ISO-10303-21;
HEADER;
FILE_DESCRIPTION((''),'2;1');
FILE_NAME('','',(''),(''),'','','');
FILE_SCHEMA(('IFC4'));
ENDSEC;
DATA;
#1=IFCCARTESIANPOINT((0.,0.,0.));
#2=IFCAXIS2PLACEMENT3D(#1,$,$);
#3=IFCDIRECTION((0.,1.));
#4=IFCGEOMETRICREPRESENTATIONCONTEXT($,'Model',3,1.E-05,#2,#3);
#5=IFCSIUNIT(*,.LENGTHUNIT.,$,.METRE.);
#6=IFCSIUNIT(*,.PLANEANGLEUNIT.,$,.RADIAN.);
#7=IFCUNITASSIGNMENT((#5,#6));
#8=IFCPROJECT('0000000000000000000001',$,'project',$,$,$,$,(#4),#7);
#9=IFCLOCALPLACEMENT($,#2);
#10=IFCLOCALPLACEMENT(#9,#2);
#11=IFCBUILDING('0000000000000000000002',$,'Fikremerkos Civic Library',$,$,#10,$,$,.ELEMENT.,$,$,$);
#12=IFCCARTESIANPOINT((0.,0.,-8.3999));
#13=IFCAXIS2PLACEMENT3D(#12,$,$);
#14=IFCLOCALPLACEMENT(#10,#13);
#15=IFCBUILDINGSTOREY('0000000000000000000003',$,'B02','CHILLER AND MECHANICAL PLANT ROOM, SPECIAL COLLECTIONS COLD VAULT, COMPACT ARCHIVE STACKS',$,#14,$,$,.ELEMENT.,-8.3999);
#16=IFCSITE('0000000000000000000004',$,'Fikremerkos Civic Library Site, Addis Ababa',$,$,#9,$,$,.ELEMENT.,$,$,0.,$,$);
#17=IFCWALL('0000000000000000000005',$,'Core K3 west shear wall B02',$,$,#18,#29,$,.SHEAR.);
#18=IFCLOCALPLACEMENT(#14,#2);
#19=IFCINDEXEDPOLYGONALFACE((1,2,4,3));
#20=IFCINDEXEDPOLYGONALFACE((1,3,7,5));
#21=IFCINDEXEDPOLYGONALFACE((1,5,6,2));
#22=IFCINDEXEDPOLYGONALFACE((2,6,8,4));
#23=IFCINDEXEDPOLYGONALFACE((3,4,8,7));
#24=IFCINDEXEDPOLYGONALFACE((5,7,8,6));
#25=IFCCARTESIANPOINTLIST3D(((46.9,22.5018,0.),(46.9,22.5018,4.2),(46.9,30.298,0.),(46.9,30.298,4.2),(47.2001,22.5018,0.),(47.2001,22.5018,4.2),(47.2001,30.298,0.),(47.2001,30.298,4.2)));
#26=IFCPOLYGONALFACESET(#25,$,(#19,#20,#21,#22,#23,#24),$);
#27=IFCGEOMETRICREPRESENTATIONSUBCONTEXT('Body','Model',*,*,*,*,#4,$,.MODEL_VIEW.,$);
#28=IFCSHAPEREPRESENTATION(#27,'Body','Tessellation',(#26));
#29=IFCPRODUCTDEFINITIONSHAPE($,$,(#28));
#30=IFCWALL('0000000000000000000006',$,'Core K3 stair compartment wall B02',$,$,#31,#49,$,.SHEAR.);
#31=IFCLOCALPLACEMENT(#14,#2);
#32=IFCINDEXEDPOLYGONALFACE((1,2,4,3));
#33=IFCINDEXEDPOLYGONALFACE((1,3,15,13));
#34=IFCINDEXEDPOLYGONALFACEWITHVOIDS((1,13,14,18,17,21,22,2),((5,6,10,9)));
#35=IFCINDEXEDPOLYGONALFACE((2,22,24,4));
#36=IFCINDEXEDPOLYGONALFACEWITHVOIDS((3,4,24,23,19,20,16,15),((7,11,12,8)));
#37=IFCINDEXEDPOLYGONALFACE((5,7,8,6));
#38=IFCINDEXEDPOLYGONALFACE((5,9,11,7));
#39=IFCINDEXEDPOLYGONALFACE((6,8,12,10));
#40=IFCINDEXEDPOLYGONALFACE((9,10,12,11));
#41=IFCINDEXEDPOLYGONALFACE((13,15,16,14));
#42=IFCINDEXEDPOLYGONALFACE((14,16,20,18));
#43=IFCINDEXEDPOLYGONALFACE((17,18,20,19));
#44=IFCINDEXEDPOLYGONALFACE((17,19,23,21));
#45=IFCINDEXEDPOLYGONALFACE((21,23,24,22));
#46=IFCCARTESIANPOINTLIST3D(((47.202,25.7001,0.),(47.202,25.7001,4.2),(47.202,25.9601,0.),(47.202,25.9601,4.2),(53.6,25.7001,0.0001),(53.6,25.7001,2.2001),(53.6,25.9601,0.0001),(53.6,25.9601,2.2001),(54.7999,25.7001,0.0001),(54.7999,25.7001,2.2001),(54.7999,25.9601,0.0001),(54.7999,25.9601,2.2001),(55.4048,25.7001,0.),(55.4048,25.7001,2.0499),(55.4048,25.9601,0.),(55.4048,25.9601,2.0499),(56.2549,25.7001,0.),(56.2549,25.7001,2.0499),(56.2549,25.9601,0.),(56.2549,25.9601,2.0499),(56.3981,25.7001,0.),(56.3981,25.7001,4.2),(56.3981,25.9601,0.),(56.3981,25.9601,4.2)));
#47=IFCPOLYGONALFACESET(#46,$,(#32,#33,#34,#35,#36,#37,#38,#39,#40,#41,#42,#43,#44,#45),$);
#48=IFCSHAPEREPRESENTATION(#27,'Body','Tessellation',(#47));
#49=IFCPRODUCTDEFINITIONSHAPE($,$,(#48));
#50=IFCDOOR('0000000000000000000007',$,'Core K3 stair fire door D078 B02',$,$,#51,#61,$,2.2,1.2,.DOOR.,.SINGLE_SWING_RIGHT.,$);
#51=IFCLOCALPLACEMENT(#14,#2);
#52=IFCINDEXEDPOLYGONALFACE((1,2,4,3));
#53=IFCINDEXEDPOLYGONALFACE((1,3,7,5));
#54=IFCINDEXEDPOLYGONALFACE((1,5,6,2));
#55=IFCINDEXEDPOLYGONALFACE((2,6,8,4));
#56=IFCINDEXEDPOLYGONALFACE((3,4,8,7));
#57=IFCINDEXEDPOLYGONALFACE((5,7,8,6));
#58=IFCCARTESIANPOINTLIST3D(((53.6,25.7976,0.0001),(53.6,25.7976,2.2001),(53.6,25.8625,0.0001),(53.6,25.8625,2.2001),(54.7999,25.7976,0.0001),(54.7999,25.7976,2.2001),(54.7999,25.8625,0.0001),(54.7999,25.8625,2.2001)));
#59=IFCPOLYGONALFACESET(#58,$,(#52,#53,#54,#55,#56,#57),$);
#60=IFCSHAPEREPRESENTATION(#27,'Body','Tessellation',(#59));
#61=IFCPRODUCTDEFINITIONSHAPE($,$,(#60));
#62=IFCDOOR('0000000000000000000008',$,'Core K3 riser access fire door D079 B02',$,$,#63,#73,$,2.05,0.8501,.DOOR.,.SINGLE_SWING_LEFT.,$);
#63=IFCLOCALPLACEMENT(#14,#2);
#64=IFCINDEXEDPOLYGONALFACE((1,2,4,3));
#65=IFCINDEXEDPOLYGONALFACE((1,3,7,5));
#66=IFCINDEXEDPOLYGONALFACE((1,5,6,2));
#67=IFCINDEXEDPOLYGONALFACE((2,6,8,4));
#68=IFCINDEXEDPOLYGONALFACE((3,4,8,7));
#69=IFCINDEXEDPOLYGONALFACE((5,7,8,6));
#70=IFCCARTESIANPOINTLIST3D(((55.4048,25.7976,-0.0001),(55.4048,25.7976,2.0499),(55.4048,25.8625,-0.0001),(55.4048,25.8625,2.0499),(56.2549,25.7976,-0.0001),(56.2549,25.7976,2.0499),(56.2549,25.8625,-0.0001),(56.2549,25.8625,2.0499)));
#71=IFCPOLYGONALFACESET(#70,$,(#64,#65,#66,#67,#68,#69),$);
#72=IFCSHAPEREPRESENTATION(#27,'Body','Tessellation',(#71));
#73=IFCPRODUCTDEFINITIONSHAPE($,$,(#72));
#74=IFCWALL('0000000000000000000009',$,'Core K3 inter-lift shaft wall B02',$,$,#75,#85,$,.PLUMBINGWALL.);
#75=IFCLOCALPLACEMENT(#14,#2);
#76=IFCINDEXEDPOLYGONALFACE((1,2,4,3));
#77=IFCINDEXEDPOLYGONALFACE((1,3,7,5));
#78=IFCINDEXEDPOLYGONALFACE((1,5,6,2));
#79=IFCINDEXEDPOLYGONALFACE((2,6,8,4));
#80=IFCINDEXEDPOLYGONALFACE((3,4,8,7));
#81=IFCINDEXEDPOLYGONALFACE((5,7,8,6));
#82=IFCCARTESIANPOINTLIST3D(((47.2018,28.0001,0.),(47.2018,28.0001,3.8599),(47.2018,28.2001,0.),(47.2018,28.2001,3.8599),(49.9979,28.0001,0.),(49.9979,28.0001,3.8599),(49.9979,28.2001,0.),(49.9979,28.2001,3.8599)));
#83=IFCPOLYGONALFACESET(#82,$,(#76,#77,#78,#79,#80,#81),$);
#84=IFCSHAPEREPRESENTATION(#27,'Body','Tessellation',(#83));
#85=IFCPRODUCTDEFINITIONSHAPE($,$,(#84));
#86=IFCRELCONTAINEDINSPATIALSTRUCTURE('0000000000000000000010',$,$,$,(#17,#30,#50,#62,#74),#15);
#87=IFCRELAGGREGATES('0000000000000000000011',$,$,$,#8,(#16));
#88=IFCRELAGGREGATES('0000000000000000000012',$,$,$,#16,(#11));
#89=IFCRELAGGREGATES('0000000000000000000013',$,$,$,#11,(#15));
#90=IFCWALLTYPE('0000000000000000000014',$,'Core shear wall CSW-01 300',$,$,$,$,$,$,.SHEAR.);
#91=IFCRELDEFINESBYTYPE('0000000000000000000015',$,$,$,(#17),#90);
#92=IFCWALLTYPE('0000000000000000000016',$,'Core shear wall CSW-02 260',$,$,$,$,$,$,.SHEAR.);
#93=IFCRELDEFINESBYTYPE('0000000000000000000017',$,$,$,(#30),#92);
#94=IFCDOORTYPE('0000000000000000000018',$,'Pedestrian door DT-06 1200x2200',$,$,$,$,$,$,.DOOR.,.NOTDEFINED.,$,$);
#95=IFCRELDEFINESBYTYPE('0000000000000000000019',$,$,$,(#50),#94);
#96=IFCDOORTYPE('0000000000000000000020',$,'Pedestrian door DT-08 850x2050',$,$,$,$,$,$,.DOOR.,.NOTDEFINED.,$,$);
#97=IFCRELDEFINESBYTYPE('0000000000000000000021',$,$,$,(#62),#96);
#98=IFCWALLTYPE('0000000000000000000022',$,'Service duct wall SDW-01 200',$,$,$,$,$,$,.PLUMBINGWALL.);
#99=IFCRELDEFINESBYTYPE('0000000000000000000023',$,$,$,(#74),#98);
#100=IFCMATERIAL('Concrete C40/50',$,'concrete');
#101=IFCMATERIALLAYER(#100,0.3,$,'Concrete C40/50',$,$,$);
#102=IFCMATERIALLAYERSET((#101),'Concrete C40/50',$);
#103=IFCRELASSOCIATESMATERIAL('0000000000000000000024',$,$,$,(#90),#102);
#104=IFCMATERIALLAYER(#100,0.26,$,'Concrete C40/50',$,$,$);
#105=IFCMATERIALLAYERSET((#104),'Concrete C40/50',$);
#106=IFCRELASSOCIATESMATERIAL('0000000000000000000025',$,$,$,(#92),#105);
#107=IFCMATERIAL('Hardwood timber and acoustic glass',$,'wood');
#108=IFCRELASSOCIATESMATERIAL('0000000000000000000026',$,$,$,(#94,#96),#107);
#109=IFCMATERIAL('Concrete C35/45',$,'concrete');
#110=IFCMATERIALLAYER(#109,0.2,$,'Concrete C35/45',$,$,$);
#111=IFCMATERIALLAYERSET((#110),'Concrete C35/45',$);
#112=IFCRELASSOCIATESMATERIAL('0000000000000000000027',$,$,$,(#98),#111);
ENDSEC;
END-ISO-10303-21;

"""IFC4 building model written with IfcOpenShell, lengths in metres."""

from ifc_helpers import new_model, si_unit, direction, frame, frame_2d, origin, place, context, subcontext, project, spatial, rectangle, extrude, material, layer, layer_set, type_object, element, fill, save


model = new_model("IFC4")

# Units and contexts
model_context = context("Model", 3, precision=1e-05, world=origin(), true_north=direction((0.0, 1.0)))
body_context = subcontext(model_context, "Body", "Model", "MODEL_VIEW")
ifc_project = project(units=[si_unit("LENGTHUNIT", "METRE"), si_unit("PLANEANGLEUNIT", "RADIAN")], contexts=[model_context])

# Site, building, storey
site_placement = place(None, origin())
site = spatial("IfcSite", under=ifc_project, at=site_placement, Name="Fikremerkos Civic Library Site, Addis Ababa", CompositionType="ELEMENT", RefElevation=0.0)
building_placement = place(site_placement, origin())
building = spatial("IfcBuilding", under=site, at=building_placement, Name="Fikremerkos Civic Library", CompositionType="ELEMENT")
storey_placement = place(building_placement, frame((0.0, 0.0, -8.3999)))
storey = spatial("IfcBuildingStorey", under=building, at=storey_placement, Name="B02", Description="CHILLER AND MECHANICAL PLANT ROOM, SPECIAL COLLECTIONS COLD VAULT, COMPACT ARCHIVE STACKS", CompositionType="ELEMENT", Elevation=-8.3999)

# Shared definitions
ifc_material_1 = material(Name="Concrete C35/45", Category="concrete")

# Shared definitions
ifc_material_2 = material(Name="Concrete C40/50", Category="concrete")

# Wall
ifc_layer_1 = layer(ifc_material_2, 0.3, Name="Concrete C40/50")
ifc_layer_set_1 = layer_set([ifc_layer_1], Name="Concrete C40/50")
wall_type_1 = type_object("IfcWallType", Name="Core shear wall CSW-01 300", PredefinedType="SHEAR", material=ifc_layer_set_1)
wall_1_placement = place(storey_placement, frame((47.05, 22.502, 0.0), z_axis=(0.0, 0.0, 1.0), x_axis=(0.0, 1.0, 0.0)))
element("IfcWall", 1, at=wall_1_placement, inside=storey, type_object=wall_type_1, Name="Core K3 west shear wall B02", PredefinedType="SHEAR", context=body_context, shape_type="SweptSolid", body=[
    extrude(rectangle(XDim=7.7961, YDim=0.3, at=frame_2d((3.8979, 0.0))), origin(), (0.0, 0.0, 1.0), 4.2),
])

# Wall, openings, doors
ifc_layer_2 = layer(ifc_material_2, 0.26, Name="Concrete C40/50")
ifc_layer_set_2 = layer_set([ifc_layer_2], Name="Concrete C40/50")
wall_type_2 = type_object("IfcWallType", Name="Core shear wall CSW-02 260", PredefinedType="SHEAR", material=ifc_layer_set_2)
wall_2_placement = place(storey_placement, frame((47.2019, 25.8301, 0.0), z_axis=(0.0, 0.0, 1.0), x_axis=(1.0, 0.0, 0.0)))
wall_2 = element("IfcWall", 2, at=wall_2_placement, inside=storey, type_object=wall_type_2, Name="Core K3 stair compartment wall B02", PredefinedType="SHEAR", context=body_context, shape_type="SweptSolid", body=[
    extrude(rectangle(XDim=9.196, YDim=0.26, at=frame_2d((4.5981, 0.0))), origin(), (0.0, 0.0, 1.0), 4.2),
])
opening_1_placement = place(wall_2_placement, frame((6.3979, 0.0, 0.0)))
opening_1 = element("IfcOpeningElement", 3, at=opening_1_placement, cuts=wall_2, PredefinedType="OPENING", context=body_context, shape_type="SweptSolid", body=[
    extrude(rectangle(XDim=1.2, YDim=2.2, at=frame_2d((0.6001, 1.1001))), frame((0.0, 0.1399, 0.0), z_axis=(0.0, -1.0, 0.0), x_axis=(1.0, 0.0, 0.0)), (0.0, 0.0, 1.0), 0.28),
])
opening_2_placement = place(wall_2_placement, frame((8.2029, 0.0, 0.0)))
opening_2 = element("IfcOpeningElement", 4, at=opening_2_placement, cuts=wall_2, PredefinedType="OPENING", context=body_context, shape_type="SweptSolid", body=[
    extrude(rectangle(XDim=0.8501, YDim=2.05, at=frame_2d((0.425, 1.0249))), frame((0.0, 0.1399, 0.0), z_axis=(0.0, -1.0, 0.0), x_axis=(1.0, 0.0, 0.0)), (0.0, 0.0, 1.0), 0.28),
])
ifc_material_3 = material(Name="Hardwood timber and acoustic glass", Category="wood")
door_type_1 = type_object("IfcDoorType", Name="Pedestrian door DT-06 1200x2200", OperationType="NOTDEFINED", PredefinedType="DOOR", material=ifc_material_3)
door_1_placement = place(opening_1_placement, origin())
door_1 = element("IfcDoor", 5, at=door_1_placement, inside=storey, type_object=door_type_1, Name="Core K3 stair fire door D078 B02", OperationType="SINGLE_SWING_RIGHT", OverallHeight=2.2, OverallWidth=1.2, PredefinedType="DOOR", context=body_context, shape_type="SweptSolid", body=[
    extrude(rectangle(XDim=1.2, YDim=2.2, at=frame_2d((0.6001, 1.1001))), frame((0.0, 0.0325, 0.0), z_axis=(0.0, -1.0, 0.0), x_axis=(1.0, 0.0, 0.0)), (0.0, 0.0, 1.0), 0.0649),
])
fill(opening_1, door_1)
door_type_2 = type_object("IfcDoorType", Name="Pedestrian door DT-08 850x2050", OperationType="NOTDEFINED", PredefinedType="DOOR", material=ifc_material_3)
door_2_placement = place(opening_2_placement, origin())
door_2 = element("IfcDoor", 6, at=door_2_placement, inside=storey, type_object=door_type_2, Name="Core K3 riser access fire door D079 B02", OperationType="SINGLE_SWING_LEFT", OverallHeight=2.05, OverallWidth=0.8501, PredefinedType="DOOR", context=body_context, shape_type="SweptSolid", body=[
    extrude(rectangle(XDim=0.8501, YDim=2.05, at=frame_2d((0.425, 1.0249))), frame((0.0, 0.0325, 0.0), z_axis=(0.0, -1.0, 0.0), x_axis=(1.0, 0.0, 0.0)), (0.0, 0.0, 1.0), 0.0649),
])
fill(opening_2, door_2)

# Wall
ifc_layer_3 = layer(ifc_material_1, 0.2, Name="Concrete C35/45")
ifc_layer_set_3 = layer_set([ifc_layer_3], Name="Concrete C35/45")
wall_type_3 = type_object("IfcWallType", Name="Service duct wall SDW-01 200", PredefinedType="PLUMBINGWALL", material=ifc_layer_set_3)
wall_3_placement = place(storey_placement, frame((47.2019, 28.1001, 0.0), z_axis=(0.0, 0.0, 1.0), x_axis=(1.0, 0.0, 0.0)))
element("IfcWall", 7, at=wall_3_placement, inside=storey, type_object=wall_type_3, Name="Core K3 inter-lift shaft wall B02", PredefinedType="PLUMBINGWALL", context=body_context, shape_type="SweptSolid", body=[
    extrude(rectangle(XDim=2.7961, YDim=0.2, at=frame_2d((1.3979, 0.0))), origin(), (0.0, 0.0, 1.0), 3.8599),
])

save(model, "model.ifc")
